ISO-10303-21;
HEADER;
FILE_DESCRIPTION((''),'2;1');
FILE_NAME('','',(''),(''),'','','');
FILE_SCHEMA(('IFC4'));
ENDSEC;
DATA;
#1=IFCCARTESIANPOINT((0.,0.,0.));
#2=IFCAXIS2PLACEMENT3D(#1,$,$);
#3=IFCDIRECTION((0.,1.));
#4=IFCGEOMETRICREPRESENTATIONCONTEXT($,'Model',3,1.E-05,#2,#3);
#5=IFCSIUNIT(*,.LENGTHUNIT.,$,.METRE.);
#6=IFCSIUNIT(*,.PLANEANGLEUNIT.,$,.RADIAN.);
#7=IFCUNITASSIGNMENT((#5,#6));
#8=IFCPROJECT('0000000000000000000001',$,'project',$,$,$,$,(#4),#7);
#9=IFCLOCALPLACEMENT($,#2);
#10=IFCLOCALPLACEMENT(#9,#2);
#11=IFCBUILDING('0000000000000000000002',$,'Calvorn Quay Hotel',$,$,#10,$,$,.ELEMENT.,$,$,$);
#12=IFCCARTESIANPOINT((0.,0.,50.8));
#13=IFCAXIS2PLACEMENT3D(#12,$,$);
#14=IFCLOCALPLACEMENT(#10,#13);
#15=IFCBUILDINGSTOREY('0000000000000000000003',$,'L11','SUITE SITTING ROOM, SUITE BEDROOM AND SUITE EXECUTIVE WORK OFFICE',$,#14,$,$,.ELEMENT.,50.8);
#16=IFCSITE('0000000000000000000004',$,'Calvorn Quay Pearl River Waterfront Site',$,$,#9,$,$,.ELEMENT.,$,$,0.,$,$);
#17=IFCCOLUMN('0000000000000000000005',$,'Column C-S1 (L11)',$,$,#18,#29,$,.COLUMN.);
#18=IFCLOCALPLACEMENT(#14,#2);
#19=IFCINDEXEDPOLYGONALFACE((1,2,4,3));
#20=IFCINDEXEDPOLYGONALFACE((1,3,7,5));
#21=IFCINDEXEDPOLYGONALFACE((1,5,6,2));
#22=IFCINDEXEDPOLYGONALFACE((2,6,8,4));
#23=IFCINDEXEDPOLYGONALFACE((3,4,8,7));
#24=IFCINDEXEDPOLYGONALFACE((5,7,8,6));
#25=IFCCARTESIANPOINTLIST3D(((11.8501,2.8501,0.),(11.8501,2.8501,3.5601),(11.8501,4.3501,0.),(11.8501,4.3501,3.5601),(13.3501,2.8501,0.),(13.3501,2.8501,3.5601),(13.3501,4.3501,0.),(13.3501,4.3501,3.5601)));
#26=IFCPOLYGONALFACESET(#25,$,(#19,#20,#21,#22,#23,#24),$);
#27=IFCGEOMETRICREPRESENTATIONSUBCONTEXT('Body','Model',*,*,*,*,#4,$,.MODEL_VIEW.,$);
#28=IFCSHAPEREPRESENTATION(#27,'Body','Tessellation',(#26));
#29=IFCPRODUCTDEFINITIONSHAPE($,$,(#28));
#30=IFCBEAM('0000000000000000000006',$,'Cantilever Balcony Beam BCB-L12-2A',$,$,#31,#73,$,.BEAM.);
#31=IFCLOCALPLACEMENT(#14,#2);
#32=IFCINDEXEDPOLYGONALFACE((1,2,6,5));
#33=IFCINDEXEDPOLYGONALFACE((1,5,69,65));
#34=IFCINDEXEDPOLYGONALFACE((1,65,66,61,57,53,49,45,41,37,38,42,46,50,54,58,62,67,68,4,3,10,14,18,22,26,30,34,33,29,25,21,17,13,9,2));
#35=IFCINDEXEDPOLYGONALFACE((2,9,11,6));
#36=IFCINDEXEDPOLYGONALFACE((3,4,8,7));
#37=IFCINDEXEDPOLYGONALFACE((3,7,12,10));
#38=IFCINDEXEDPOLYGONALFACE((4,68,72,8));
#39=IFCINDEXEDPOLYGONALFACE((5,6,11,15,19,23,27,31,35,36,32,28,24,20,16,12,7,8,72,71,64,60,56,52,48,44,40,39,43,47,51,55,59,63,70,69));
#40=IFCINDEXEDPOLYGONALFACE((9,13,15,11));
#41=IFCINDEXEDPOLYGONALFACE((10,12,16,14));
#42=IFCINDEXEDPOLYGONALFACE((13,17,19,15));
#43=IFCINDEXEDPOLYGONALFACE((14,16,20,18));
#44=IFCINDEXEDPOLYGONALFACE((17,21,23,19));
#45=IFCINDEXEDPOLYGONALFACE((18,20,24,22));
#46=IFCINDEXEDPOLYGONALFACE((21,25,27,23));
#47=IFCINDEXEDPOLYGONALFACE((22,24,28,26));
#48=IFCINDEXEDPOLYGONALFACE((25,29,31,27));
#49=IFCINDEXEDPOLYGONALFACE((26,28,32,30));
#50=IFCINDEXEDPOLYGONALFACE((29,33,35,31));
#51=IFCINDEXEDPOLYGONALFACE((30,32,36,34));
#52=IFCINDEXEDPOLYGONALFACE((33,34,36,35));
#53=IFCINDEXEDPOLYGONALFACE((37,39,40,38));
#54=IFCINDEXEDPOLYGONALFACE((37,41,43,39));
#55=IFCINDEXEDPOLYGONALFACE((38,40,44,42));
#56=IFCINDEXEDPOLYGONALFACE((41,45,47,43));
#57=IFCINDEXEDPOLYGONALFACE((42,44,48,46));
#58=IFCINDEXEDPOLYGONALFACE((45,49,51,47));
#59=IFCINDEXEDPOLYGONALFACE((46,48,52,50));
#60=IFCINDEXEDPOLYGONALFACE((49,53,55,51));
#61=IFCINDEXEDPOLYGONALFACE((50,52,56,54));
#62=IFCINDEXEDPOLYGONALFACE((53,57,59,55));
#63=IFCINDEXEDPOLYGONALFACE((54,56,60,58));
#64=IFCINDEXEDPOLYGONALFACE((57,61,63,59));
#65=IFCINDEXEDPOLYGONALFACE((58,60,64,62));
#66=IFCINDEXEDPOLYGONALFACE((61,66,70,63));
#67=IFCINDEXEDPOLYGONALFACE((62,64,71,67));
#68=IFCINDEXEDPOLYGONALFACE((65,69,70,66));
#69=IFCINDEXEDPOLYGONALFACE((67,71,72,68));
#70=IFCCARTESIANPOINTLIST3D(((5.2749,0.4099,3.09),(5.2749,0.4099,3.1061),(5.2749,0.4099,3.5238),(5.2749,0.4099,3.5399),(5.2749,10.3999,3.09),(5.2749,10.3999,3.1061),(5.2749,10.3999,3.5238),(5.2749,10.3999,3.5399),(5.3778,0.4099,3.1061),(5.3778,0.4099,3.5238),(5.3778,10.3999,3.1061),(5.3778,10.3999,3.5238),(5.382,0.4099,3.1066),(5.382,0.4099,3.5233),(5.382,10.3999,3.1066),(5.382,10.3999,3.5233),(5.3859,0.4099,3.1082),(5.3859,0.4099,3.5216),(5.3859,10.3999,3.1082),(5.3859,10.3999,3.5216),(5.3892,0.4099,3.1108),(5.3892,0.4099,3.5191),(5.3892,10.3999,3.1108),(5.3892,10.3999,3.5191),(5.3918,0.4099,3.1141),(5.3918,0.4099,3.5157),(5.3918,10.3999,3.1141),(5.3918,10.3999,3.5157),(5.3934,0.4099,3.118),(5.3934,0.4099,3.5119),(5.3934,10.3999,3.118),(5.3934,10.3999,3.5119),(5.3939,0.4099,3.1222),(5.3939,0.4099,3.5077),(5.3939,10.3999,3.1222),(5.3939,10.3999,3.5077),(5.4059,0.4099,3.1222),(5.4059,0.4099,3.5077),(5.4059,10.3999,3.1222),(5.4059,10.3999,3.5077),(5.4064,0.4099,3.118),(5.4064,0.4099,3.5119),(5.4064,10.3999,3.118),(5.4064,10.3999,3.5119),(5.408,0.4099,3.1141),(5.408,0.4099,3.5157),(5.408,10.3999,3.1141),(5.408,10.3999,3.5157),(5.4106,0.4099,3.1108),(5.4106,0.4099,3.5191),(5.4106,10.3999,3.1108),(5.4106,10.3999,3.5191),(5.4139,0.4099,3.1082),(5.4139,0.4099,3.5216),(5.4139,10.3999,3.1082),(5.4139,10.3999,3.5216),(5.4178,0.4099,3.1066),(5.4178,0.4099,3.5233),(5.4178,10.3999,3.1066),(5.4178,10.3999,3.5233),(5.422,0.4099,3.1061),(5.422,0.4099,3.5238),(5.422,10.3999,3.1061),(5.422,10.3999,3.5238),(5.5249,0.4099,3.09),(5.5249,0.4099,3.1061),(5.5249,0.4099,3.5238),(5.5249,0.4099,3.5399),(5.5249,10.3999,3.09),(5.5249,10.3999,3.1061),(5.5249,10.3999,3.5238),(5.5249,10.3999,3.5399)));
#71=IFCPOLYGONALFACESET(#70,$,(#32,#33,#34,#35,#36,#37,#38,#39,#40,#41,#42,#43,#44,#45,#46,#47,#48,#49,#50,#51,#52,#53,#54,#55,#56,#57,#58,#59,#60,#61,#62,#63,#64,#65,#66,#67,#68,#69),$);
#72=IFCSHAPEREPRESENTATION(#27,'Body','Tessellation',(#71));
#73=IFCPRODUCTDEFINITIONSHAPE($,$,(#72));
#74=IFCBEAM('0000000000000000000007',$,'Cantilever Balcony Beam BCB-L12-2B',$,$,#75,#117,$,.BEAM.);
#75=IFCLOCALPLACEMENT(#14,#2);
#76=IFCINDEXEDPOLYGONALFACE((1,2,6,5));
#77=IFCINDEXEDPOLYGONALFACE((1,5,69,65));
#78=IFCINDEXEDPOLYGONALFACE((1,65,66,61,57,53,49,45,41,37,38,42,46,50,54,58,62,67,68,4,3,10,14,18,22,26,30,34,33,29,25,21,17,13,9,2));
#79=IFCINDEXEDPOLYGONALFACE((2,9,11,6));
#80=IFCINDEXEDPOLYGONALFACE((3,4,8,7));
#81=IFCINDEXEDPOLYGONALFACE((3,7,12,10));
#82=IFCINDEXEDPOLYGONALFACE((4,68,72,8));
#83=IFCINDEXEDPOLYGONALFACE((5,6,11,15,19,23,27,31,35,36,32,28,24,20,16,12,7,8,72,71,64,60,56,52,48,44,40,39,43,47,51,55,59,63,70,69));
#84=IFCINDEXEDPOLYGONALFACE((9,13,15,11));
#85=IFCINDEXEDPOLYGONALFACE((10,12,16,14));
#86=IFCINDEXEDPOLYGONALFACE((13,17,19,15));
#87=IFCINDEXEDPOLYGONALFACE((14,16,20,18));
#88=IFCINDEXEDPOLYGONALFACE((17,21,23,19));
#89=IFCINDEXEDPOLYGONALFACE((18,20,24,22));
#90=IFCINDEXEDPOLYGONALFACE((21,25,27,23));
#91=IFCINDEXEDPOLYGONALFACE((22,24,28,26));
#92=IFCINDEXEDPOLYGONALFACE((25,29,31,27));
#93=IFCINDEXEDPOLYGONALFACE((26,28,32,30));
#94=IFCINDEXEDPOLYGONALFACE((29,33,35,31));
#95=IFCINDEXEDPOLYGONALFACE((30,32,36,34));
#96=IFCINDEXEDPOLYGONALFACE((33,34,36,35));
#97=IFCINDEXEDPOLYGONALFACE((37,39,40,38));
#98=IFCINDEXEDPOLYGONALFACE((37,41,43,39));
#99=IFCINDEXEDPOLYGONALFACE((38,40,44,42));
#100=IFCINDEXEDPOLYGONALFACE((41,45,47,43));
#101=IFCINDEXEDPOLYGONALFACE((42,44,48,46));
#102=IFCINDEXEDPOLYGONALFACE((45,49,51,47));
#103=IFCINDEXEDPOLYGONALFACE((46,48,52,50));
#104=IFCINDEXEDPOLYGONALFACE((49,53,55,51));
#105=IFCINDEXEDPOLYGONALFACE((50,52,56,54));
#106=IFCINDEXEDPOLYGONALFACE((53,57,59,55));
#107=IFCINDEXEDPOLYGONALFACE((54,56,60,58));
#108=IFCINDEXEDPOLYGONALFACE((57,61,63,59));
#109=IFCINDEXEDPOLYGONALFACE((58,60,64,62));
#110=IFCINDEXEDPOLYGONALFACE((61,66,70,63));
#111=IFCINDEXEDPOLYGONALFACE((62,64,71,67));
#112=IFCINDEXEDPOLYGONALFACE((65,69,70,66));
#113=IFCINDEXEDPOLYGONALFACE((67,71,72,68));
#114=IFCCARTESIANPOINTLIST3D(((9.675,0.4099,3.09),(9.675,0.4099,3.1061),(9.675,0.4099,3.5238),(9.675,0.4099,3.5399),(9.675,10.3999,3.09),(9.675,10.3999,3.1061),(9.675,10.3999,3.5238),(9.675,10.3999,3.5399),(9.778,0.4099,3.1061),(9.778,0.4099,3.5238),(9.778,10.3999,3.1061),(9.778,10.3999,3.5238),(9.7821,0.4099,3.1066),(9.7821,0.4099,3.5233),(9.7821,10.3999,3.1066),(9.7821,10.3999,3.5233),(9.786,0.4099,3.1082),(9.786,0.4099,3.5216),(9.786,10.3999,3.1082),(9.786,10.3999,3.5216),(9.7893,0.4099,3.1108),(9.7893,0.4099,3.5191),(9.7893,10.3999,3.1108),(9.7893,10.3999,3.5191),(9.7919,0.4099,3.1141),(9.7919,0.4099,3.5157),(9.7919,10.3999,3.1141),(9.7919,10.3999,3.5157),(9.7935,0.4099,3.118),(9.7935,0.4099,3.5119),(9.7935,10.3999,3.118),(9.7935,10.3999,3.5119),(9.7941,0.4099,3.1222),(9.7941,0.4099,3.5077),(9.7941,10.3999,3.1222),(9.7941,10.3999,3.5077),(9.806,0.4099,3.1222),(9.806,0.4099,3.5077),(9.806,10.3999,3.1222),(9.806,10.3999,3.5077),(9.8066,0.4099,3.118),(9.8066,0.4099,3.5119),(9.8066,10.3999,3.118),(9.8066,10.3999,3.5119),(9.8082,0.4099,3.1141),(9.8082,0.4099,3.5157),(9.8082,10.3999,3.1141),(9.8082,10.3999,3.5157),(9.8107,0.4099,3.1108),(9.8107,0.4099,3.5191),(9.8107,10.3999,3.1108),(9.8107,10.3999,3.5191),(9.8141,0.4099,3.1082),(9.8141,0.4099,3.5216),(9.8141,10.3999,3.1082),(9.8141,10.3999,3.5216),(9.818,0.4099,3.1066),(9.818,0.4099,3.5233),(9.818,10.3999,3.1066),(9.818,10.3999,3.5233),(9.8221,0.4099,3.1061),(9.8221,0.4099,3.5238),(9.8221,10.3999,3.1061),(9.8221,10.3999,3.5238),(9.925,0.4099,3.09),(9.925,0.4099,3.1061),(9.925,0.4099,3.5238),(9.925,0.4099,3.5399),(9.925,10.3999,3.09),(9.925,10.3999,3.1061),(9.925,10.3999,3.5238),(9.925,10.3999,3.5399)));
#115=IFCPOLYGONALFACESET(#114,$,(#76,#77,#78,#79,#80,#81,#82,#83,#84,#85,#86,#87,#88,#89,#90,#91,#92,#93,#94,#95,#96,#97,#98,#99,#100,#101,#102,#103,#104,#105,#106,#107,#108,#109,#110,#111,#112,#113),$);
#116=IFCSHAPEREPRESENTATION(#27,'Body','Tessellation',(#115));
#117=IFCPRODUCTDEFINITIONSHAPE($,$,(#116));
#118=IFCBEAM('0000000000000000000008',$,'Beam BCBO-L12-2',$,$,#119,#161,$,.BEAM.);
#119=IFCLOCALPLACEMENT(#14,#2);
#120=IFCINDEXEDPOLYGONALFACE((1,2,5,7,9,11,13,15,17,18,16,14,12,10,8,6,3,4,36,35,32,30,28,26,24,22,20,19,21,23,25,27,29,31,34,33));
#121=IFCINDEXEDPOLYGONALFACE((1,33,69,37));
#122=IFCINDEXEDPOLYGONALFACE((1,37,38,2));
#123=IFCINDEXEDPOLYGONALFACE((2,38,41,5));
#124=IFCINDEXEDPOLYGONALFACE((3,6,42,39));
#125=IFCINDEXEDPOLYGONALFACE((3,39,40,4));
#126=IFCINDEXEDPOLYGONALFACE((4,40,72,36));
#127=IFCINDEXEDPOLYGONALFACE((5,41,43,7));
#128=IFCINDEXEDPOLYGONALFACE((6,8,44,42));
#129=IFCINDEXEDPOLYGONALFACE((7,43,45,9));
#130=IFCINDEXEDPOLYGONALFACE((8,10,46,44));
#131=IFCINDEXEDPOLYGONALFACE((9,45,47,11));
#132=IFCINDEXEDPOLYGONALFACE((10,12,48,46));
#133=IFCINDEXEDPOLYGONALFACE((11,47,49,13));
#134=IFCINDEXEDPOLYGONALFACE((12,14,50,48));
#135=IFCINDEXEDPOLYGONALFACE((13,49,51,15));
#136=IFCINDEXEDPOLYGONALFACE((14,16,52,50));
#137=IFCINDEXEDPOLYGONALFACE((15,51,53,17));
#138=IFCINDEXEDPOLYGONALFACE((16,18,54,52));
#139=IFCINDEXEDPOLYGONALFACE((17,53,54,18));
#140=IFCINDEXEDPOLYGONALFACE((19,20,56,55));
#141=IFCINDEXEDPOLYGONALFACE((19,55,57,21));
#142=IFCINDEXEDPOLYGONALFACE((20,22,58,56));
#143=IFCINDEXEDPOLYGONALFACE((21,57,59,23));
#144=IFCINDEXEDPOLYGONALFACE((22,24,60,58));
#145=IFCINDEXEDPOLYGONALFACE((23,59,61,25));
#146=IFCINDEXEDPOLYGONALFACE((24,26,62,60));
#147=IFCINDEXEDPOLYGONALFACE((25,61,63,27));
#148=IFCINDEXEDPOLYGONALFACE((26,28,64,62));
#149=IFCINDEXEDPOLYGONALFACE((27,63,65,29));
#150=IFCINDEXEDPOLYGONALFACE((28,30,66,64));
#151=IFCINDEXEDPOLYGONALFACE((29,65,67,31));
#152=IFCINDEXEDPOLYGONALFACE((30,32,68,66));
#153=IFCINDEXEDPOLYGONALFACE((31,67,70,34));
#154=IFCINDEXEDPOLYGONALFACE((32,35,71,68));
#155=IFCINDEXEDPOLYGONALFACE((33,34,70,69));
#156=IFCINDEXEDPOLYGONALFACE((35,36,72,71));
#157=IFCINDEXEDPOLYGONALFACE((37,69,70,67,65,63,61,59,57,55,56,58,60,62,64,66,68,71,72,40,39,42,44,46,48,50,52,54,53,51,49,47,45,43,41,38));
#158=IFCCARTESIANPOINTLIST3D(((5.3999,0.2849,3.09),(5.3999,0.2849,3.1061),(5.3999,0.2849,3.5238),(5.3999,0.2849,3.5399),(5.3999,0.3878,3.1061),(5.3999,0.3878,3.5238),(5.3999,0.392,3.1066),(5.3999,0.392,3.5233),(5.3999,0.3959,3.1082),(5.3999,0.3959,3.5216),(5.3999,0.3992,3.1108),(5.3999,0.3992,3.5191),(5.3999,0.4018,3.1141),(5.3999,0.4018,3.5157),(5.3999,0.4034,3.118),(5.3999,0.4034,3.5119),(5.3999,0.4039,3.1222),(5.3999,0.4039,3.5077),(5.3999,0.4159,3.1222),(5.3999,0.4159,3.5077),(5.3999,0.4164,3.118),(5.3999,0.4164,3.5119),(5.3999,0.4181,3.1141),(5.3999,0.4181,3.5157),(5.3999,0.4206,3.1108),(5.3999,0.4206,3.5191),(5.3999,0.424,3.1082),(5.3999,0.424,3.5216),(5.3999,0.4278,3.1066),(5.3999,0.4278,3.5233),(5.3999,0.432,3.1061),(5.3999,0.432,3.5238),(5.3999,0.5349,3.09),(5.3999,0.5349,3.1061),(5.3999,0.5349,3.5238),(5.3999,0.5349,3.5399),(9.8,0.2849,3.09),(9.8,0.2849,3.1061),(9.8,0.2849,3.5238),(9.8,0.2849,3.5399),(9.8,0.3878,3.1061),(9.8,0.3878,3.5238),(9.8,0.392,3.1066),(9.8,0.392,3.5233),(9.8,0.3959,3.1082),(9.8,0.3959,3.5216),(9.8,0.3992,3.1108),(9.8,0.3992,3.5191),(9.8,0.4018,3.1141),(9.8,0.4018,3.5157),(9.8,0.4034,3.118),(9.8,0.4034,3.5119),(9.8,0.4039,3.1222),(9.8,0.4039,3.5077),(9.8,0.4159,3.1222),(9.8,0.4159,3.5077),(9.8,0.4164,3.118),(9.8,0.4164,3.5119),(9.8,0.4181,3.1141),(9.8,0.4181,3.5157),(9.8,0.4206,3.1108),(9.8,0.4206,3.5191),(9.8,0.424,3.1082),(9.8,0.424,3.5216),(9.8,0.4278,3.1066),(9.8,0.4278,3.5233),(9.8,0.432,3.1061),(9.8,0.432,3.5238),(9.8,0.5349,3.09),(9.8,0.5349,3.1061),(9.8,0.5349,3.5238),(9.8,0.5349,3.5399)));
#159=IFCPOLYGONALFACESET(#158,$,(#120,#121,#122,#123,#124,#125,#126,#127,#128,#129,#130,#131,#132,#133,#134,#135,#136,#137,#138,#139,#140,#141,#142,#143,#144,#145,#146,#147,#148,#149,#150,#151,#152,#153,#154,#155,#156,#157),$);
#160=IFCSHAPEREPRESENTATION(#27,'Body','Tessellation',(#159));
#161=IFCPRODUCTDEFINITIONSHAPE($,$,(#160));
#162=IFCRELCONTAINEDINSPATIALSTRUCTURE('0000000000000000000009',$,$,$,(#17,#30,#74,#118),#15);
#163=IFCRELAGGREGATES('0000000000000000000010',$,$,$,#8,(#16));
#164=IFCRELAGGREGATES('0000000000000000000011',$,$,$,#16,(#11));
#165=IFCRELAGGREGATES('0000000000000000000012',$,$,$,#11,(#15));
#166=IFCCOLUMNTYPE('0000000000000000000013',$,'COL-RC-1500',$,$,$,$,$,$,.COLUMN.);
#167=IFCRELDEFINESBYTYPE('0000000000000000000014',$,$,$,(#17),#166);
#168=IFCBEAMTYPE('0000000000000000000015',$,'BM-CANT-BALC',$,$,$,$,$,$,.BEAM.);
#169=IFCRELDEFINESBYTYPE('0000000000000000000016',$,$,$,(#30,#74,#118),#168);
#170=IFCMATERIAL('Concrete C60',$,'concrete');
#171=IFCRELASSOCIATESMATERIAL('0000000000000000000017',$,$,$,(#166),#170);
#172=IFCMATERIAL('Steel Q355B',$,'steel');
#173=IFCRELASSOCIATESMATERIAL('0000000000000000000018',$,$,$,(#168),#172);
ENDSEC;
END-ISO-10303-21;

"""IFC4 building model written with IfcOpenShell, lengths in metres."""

from ifc_helpers import new_model, si_unit, direction, frame, origin, origin_2d, place, context, subcontext, project, spatial, rectangle, i_section, extrude, material, material_profile, profile_set, type_object, element, save


model = new_model("IFC4")

# Units and contexts
model_context = context("Model", 3, precision=1e-05, world=origin(), true_north=direction((0.0, 1.0)))
body_context = subcontext(model_context, "Body", "Model", "MODEL_VIEW")
ifc_project = project(units=[si_unit("LENGTHUNIT", "METRE"), si_unit("PLANEANGLEUNIT", "RADIAN")], contexts=[model_context])

# Site, building, storey
site_placement = place(None, origin())
site = spatial("IfcSite", under=ifc_project, at=site_placement, Name="Calvorn Quay Pearl River Waterfront Site", CompositionType="ELEMENT", RefElevation=0.0)
building_placement = place(site_placement, origin())
building = spatial("IfcBuilding", under=site, at=building_placement, Name="Calvorn Quay Hotel", CompositionType="ELEMENT")
storey_placement = place(building_placement, frame((0.0, 0.0, 50.8)))
storey = spatial("IfcBuildingStorey", under=building, at=storey_placement, Name="L11", Description="SUITE SITTING ROOM, SUITE BEDROOM AND SUITE EXECUTIVE WORK OFFICE", CompositionType="ELEMENT", Elevation=50.8)

# Column
ifc_material_1 = material(Name="Concrete C60", Category="concrete")
ifc_material_profile_1 = material_profile(ifc_material_1, rectangle(XDim=1.5, YDim=1.5, at=origin_2d()), Name="RC1500x1500")
ifc_profile_set_1 = profile_set([ifc_material_profile_1], Name="Concrete C60")
column_type = type_object("IfcColumnType", Name="COL-RC-1500", PredefinedType="COLUMN", material=ifc_profile_set_1)
column_placement = place(storey_placement, frame((12.6001, 3.6001, 0.0), z_axis=(0.0, 0.0, 1.0), x_axis=(1.0, 0.0, 0.0)))
element("IfcColumn", 1, at=column_placement, inside=storey, type_object=column_type, Name="Column C-S1 (L11)", PredefinedType="COLUMN", context=body_context, shape_type="SweptSolid", body=[
    extrude(rectangle(XDim=1.5, YDim=1.5, at=origin_2d()), origin(), (0.0, 0.0, 1.0), 3.5601),
])

# Beams
ifc_material_2 = material(Name="Steel Q355B", Category="steel")
ifc_material_profile_2 = material_profile(ifc_material_2, i_section(OverallWidth=0.25, OverallDepth=0.45, WebThickness=0.012, FlangeThickness=0.0161, FilletRadius=0.0161, at=origin_2d()), Name="HN450x250x12x16")
ifc_profile_set_2 = profile_set([ifc_material_profile_2], Name="Steel Q355B")
beam_type_1 = type_object("IfcBeamType", Name="BM-CANT-BALC", PredefinedType="BEAM", material=ifc_profile_set_2)
for number, where, z_axis, x_axis, name in (
    (2, (5.3999, 10.3999, 3.3149), (0.0, -1.0, 0.0), (1.0, 0.0, 0.0), "Cantilever Balcony Beam BCB-L12-2A"),
    (3, (9.8, 10.3999, 3.3149), (0.0, -1.0, 0.0), (1.0, 0.0, 0.0), "Cantilever Balcony Beam BCB-L12-2B"),
):
    element("IfcBeam", number, at=place(storey_placement, frame(where, z_axis=z_axis, x_axis=x_axis)), inside=storey, type_object=beam_type_1, Name=name, PredefinedType="BEAM", context=body_context, shape_type="SweptSolid", body=[
        extrude(i_section(OverallWidth=0.25, OverallDepth=0.45, WebThickness=0.012, FlangeThickness=0.0161, FilletRadius=0.0161, at=origin_2d()), origin(), (0.0, 0.0, 1.0), 9.99),
    ])
beam_1_placement = place(storey_placement, frame((5.3999, 0.4099, 3.3149), z_axis=(1.0, 0.0, 0.0), x_axis=(0.0, 1.0, 0.0)))
element("IfcBeam", 4, at=beam_1_placement, inside=storey, type_object=beam_type_1, Name="Beam BCBO-L12-2", PredefinedType="BEAM", context=body_context, shape_type="SweptSolid", body=[
    extrude(i_section(OverallWidth=0.25, OverallDepth=0.45, WebThickness=0.012, FlangeThickness=0.0161, FilletRadius=0.0161, at=origin_2d()), origin(), (0.0, 0.0, 1.0), 4.4001),
])

save(model, "model.ifc")
